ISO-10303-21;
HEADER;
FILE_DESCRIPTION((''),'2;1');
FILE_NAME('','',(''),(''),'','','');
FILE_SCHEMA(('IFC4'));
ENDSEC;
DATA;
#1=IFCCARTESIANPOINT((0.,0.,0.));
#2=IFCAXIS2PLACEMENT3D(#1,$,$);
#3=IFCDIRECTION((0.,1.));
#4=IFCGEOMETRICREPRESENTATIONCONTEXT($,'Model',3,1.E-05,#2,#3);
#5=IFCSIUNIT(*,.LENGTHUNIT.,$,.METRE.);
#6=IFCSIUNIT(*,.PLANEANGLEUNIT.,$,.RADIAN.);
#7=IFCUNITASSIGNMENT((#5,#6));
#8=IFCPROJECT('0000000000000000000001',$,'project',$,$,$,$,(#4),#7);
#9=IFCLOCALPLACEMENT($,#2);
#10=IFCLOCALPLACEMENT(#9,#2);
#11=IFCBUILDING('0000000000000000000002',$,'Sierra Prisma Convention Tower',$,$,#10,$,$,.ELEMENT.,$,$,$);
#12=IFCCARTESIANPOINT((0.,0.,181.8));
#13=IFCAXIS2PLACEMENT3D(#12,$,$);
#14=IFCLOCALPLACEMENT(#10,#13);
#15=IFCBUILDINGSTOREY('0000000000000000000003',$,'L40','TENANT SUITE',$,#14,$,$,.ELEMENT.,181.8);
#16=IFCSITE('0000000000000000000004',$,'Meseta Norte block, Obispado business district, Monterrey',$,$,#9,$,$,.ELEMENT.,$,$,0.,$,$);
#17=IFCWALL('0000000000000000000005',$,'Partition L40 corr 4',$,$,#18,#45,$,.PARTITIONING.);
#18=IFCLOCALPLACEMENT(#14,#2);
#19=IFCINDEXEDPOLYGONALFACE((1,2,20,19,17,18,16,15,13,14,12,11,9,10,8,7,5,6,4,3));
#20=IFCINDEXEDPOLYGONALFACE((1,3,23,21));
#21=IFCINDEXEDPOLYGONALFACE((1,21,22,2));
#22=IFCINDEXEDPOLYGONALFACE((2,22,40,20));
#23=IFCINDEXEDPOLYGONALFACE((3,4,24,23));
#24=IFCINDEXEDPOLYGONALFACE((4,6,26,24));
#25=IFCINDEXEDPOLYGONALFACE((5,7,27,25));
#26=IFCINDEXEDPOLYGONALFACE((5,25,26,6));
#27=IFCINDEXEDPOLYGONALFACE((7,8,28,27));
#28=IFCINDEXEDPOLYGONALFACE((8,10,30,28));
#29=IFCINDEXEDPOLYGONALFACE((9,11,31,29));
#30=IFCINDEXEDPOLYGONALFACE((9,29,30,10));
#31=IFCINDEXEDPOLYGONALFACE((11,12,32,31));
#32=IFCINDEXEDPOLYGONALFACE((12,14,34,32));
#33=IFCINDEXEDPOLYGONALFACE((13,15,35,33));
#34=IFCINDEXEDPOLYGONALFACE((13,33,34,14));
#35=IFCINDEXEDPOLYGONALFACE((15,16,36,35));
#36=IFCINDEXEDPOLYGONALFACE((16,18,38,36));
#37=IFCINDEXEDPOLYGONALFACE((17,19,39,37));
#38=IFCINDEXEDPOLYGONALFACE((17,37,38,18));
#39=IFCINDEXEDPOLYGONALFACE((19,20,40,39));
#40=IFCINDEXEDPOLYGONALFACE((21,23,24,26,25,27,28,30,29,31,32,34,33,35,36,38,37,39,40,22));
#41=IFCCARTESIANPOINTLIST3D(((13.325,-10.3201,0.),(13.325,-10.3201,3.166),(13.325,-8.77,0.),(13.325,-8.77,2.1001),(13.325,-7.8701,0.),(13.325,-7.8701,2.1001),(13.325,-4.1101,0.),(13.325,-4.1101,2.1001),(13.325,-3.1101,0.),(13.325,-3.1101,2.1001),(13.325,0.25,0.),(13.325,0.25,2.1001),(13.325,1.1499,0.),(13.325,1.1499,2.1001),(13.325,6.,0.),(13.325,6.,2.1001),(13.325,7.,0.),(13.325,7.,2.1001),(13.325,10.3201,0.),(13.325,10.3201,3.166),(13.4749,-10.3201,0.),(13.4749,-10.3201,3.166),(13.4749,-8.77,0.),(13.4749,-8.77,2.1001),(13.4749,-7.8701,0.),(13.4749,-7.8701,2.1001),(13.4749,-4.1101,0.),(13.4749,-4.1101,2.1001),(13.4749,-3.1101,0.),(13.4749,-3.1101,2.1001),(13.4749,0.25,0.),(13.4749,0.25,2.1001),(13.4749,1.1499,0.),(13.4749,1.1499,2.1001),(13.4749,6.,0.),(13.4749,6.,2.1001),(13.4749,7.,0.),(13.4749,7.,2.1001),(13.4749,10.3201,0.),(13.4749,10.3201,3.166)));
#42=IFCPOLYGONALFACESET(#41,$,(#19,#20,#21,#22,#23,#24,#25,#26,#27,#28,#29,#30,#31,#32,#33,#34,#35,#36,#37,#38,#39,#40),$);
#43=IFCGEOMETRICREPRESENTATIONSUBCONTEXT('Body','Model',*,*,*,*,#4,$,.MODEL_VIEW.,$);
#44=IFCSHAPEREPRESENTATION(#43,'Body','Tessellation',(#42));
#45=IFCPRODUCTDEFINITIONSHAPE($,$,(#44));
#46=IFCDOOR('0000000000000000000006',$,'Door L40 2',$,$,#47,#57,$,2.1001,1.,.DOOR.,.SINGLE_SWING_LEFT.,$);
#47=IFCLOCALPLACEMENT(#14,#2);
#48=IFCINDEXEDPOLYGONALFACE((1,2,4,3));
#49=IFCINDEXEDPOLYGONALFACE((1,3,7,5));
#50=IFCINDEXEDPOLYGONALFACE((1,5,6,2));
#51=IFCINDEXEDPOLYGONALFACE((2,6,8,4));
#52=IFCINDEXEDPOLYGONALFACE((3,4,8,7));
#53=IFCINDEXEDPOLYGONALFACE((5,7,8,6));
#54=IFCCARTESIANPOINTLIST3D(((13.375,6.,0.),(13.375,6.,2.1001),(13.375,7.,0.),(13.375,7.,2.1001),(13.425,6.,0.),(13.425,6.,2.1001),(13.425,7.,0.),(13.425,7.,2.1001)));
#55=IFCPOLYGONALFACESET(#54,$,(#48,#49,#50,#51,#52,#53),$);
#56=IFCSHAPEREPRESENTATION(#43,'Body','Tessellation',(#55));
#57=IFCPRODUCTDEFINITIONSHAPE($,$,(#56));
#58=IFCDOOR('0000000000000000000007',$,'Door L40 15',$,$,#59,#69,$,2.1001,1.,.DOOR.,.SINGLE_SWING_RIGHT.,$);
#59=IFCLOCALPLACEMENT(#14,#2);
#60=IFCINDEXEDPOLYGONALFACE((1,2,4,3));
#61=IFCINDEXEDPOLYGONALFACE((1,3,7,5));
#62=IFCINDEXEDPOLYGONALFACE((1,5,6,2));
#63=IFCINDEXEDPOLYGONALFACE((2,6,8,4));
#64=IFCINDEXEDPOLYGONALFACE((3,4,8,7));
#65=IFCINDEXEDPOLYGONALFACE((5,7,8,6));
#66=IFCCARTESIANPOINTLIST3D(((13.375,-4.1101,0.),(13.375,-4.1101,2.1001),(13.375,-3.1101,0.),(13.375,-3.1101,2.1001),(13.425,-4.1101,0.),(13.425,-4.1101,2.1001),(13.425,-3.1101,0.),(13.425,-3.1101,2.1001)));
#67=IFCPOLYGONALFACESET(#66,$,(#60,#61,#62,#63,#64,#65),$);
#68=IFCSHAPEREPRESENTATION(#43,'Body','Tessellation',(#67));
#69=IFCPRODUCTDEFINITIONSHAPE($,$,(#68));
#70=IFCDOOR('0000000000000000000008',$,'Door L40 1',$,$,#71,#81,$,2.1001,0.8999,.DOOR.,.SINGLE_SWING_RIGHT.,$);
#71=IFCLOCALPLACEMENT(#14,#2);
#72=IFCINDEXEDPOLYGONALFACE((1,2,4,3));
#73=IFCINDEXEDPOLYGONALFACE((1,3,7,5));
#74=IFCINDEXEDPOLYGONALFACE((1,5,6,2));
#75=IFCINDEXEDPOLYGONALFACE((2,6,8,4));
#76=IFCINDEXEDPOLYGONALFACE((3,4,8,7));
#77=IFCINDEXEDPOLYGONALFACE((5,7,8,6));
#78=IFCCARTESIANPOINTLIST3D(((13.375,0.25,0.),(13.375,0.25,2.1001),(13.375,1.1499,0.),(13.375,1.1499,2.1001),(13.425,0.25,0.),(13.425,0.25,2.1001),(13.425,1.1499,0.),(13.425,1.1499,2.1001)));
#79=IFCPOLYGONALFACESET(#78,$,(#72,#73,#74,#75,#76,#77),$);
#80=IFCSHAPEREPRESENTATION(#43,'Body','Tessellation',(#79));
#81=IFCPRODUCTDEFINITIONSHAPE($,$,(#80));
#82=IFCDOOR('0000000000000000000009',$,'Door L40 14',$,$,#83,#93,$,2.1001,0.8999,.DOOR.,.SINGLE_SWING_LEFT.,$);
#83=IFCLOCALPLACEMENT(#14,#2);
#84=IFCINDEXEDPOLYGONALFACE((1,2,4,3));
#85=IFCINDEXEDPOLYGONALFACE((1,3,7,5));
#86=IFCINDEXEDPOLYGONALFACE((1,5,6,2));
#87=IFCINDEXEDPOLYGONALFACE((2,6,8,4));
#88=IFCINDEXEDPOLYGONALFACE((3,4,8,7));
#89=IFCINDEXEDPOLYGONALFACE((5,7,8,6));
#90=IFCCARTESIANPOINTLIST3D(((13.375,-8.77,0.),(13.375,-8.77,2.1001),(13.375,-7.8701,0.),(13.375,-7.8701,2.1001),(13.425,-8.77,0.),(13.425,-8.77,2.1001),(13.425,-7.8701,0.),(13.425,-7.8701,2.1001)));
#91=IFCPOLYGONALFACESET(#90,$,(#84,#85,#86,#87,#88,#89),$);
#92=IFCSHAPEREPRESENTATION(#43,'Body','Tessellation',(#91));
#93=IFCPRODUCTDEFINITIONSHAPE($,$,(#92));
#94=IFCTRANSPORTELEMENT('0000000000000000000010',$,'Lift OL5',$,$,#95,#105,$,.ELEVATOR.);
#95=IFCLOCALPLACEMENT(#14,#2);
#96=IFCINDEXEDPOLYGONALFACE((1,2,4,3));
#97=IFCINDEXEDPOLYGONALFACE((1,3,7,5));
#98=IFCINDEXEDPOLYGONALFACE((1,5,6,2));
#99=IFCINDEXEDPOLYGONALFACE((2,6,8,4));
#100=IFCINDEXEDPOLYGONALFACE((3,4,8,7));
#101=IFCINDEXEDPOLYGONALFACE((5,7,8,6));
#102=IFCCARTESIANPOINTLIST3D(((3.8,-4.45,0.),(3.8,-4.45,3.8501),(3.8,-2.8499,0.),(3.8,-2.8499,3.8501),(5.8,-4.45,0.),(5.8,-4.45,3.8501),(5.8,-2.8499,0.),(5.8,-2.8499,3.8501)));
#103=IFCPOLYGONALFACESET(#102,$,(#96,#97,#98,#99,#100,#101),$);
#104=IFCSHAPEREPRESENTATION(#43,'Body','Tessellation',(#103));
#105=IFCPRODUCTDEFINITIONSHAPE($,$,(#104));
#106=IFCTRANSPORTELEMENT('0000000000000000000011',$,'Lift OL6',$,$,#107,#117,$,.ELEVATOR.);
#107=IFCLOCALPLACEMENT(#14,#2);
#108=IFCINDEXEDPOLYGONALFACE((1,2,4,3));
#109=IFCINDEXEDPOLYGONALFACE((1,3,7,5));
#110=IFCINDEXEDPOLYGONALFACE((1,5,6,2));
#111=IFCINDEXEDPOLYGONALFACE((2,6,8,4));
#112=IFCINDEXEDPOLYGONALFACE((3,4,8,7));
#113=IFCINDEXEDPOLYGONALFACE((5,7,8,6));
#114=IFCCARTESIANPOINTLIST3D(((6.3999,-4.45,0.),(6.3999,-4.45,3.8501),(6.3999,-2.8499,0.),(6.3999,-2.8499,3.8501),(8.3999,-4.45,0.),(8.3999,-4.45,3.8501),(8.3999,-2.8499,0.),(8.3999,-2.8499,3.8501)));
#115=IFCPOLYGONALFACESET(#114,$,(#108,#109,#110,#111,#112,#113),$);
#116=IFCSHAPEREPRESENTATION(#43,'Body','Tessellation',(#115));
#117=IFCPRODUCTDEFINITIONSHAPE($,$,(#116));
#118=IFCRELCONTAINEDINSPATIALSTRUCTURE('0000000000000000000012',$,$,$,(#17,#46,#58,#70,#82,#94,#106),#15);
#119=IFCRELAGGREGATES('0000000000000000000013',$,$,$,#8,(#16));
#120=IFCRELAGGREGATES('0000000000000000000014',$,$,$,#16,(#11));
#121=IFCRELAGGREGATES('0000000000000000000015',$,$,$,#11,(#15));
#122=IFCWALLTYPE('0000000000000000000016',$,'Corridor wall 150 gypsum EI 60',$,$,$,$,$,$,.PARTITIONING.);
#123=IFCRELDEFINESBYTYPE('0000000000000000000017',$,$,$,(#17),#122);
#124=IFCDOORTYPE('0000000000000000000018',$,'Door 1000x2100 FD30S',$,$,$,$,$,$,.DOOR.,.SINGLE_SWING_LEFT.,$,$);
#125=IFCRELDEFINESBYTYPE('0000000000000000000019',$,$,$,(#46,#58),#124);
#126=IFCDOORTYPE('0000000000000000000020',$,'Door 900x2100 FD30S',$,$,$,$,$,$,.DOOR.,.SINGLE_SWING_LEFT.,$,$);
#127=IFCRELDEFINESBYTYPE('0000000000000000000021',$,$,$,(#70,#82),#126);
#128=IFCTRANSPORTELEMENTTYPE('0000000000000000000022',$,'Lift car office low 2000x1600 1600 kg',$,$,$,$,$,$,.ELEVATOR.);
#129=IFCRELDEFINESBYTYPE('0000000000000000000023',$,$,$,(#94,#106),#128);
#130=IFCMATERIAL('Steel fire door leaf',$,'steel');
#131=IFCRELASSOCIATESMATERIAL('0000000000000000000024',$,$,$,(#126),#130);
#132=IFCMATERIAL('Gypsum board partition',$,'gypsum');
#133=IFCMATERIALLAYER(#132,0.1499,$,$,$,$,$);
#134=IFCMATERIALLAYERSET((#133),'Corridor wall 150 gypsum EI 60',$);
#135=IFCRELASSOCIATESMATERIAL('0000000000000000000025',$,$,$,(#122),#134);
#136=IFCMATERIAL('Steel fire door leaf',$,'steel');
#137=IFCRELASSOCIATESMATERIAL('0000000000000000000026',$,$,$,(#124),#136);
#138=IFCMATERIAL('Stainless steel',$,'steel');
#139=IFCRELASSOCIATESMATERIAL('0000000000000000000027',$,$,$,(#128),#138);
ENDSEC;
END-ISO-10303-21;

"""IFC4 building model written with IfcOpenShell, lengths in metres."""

from ifc_helpers import new_model, si_unit, direction, frame, frame_2d, origin, origin_2d, place, context, subcontext, project, spatial, rectangle, extrude, material, layer, layer_set, type_object, element, fill, save


model = new_model("IFC4")

# Units and contexts
model_context = context("Model", 3, precision=1e-05, world=origin(), true_north=direction((0.0, 1.0)))
body_context = subcontext(model_context, "Body", "Model", "MODEL_VIEW")
ifc_project = project(units=[si_unit("LENGTHUNIT", "METRE"), si_unit("PLANEANGLEUNIT", "RADIAN")], contexts=[model_context])

# Site, building, storey
site_placement = place(None, origin())
site = spatial("IfcSite", under=ifc_project, at=site_placement, Name="Meseta Norte block, Obispado business district, Monterrey", CompositionType="ELEMENT", RefElevation=0.0)
building_placement = place(site_placement, origin())
building = spatial("IfcBuilding", under=site, at=building_placement, Name="Sierra Prisma Convention Tower", CompositionType="ELEMENT")
storey_placement = place(building_placement, frame((0.0, 0.0, 181.8)))
storey = spatial("IfcBuildingStorey", under=building, at=storey_placement, Name="L40", Description="TENANT SUITE", CompositionType="ELEMENT", Elevation=181.8)

# Shared definitions
ifc_material_1 = material(Name="Steel fire door leaf", Category="steel")
door_type_1 = type_object("IfcDoorType", Name="Door 900x2100 FD30S", OperationType="SINGLE_SWING_LEFT", PredefinedType="DOOR", material=ifc_material_1)

# Wall, openings, doors
ifc_material_2 = material(Name="Gypsum board partition", Category="gypsum")
ifc_layer_1 = layer(ifc_material_2, 0.1499)
ifc_layer_set_1 = layer_set([ifc_layer_1], Name="Corridor wall 150 gypsum EI 60")
wall_type_1 = type_object("IfcWallType", Name="Corridor wall 150 gypsum EI 60", PredefinedType="PARTITIONING", material=ifc_layer_set_1)
wall_1_placement = place(storey_placement, frame((13.3999, -10.3201, 0.0), z_axis=(0.0, 0.0, 1.0), x_axis=(0.0, 1.0, 0.0)))
wall_1 = element("IfcWall", 1, at=wall_1_placement, inside=storey, type_object=wall_type_1, Name="Partition L40 corr 4", PredefinedType="PARTITIONING", context=body_context, shape_type="SweptSolid", body=[
    extrude(rectangle(XDim=20.6401, YDim=0.1499, at=frame_2d((10.3201, 0.0))), origin(), (0.0, 0.0, 1.0), 3.166),
])
opening_1_placement = place(wall_1_placement, frame((10.5701, 0.0, 0.0)))
opening_1 = element("IfcOpeningElement", 2, at=opening_1_placement, cuts=wall_1, PredefinedType="OPENING", context=body_context, shape_type="SweptSolid", body=[
    extrude(rectangle(XDim=0.8999, YDim=2.1001, at=frame_2d((0.45, 1.05))), frame((0.0, 0.075, 0.0), z_axis=(0.0, -1.0, 0.0), x_axis=(1.0, 0.0, 0.0)), (0.0, 0.0, 1.0), 0.1499),
])
opening_2_placement = place(wall_1_placement, frame((16.3201, 0.0, 0.0)))
opening_2 = element("IfcOpeningElement", 3, at=opening_2_placement, cuts=wall_1, PredefinedType="OPENING", context=body_context, shape_type="SweptSolid", body=[
    extrude(rectangle(XDim=1.0, YDim=2.1001, at=frame_2d((0.5, 1.05))), frame((0.0, 0.075, 0.0), z_axis=(0.0, -1.0, 0.0), x_axis=(1.0, 0.0, 0.0)), (0.0, 0.0, 1.0), 0.1499),
])
opening_3_placement = place(wall_1_placement, frame((1.55, 0.0, 0.0)))
opening_3 = element("IfcOpeningElement", 4, at=opening_3_placement, cuts=wall_1, PredefinedType="OPENING", context=body_context, shape_type="SweptSolid", body=[
    extrude(rectangle(XDim=0.8999, YDim=2.1001, at=frame_2d((0.45, 1.05))), frame((0.0, 0.075, 0.0), z_axis=(0.0, -1.0, 0.0), x_axis=(1.0, 0.0, 0.0)), (0.0, 0.0, 1.0), 0.1499),
])
opening_4_placement = place(wall_1_placement, frame((6.21, 0.0, 0.0)))
opening_4 = element("IfcOpeningElement", 5, at=opening_4_placement, cuts=wall_1, PredefinedType="OPENING", context=body_context, shape_type="SweptSolid", body=[
    extrude(rectangle(XDim=1.0, YDim=2.1001, at=frame_2d((0.5, 1.05))), frame((0.0, 0.075, 0.0), z_axis=(0.0, -1.0, 0.0), x_axis=(1.0, 0.0, 0.0)), (0.0, 0.0, 1.0), 0.1499),
])
ifc_material_3 = material(Name="Steel fire door leaf", Category="steel")
door_type_2 = type_object("IfcDoorType", Name="Door 1000x2100 FD30S", OperationType="SINGLE_SWING_LEFT", PredefinedType="DOOR", material=ifc_material_3)
door_1_placement = place(opening_2_placement, origin())
door_1 = element("IfcDoor", 6, at=door_1_placement, inside=storey, type_object=door_type_2, Name="Door L40 2", OperationType="SINGLE_SWING_LEFT", OverallHeight=2.1001, OverallWidth=1.0, PredefinedType="DOOR", context=body_context, shape_type="SweptSolid", body=[
    extrude(rectangle(XDim=1.0, YDim=2.1001, at=frame_2d((0.5, 1.05))), frame((0.0, 0.0249, 0.0), z_axis=(0.0, -1.0, 0.0), x_axis=(1.0, 0.0, 0.0)), (0.0, 0.0, 1.0), 0.05),
])
fill(opening_2, door_1)
door_2_placement = place(opening_4_placement, origin())
door_2 = element("IfcDoor", 7, at=door_2_placement, inside=storey, type_object=door_type_2, Name="Door L40 15", OperationType="SINGLE_SWING_RIGHT", OverallHeight=2.1001, OverallWidth=1.0, PredefinedType="DOOR", context=body_context, shape_type="SweptSolid", body=[
    extrude(rectangle(XDim=1.0, YDim=2.1001, at=frame_2d((0.5, 1.05))), frame((0.0, 0.0249, 0.0), z_axis=(0.0, -1.0, 0.0), x_axis=(1.0, 0.0, 0.0)), (0.0, 0.0, 1.0), 0.05),
])
fill(opening_4, door_2)
door_3_placement = place(opening_1_placement, origin())
door_3 = element("IfcDoor", 8, at=door_3_placement, inside=storey, type_object=door_type_1, Name="Door L40 1", OperationType="SINGLE_SWING_RIGHT", OverallHeight=2.1001, OverallWidth=0.8999, PredefinedType="DOOR", context=body_context, shape_type="SweptSolid", body=[
    extrude(rectangle(XDim=0.8999, YDim=2.1001, at=frame_2d((0.45, 1.05))), frame((0.0, 0.0249, 0.0), z_axis=(0.0, -1.0, 0.0), x_axis=(1.0, 0.0, 0.0)), (0.0, 0.0, 1.0), 0.05),
])
fill(opening_1, door_3)
door_4_placement = place(opening_3_placement, origin())
door_4 = element("IfcDoor", 9, at=door_4_placement, inside=storey, type_object=door_type_1, Name="Door L40 14", OperationType="SINGLE_SWING_LEFT", OverallHeight=2.1001, OverallWidth=0.8999, PredefinedType="DOOR", context=body_context, shape_type="SweptSolid", body=[
    extrude(rectangle(XDim=0.8999, YDim=2.1001, at=frame_2d((0.45, 1.05))), frame((0.0, 0.0249, 0.0), z_axis=(0.0, -1.0, 0.0), x_axis=(1.0, 0.0, 0.0)), (0.0, 0.0, 1.0), 0.05),
])
fill(opening_3, door_4)

# Transport elements
ifc_material_4 = material(Name="Stainless steel", Category="steel")
transport_element_type = type_object("IfcTransportElementType", Name="Lift car office low 2000x1600 1600 kg", PredefinedType="ELEVATOR", material=ifc_material_4)
for number, where, z_axis, x_axis, name in (
    (10, (4.8, -3.6499, 0.0), (0.0, 0.0, 1.0), (1.0, 0.0, 0.0), "Lift OL5"),
    (11, (7.3999, -3.6499, 0.0), (0.0, 0.0, 1.0), (1.0, 0.0, 0.0), "Lift OL6"),
):
    element("IfcTransportElement", number, at=place(storey_placement, frame(where, z_axis=z_axis, x_axis=x_axis)), inside=storey, type_object=transport_element_type, Name=name, PredefinedType="ELEVATOR", context=body_context, shape_type="SweptSolid", body=[
        extrude(rectangle(XDim=2.0, YDim=1.6001, at=origin_2d()), origin(), (0.0, 0.0, 1.0), 3.8501),
    ])

save(model, "model.ifc")
